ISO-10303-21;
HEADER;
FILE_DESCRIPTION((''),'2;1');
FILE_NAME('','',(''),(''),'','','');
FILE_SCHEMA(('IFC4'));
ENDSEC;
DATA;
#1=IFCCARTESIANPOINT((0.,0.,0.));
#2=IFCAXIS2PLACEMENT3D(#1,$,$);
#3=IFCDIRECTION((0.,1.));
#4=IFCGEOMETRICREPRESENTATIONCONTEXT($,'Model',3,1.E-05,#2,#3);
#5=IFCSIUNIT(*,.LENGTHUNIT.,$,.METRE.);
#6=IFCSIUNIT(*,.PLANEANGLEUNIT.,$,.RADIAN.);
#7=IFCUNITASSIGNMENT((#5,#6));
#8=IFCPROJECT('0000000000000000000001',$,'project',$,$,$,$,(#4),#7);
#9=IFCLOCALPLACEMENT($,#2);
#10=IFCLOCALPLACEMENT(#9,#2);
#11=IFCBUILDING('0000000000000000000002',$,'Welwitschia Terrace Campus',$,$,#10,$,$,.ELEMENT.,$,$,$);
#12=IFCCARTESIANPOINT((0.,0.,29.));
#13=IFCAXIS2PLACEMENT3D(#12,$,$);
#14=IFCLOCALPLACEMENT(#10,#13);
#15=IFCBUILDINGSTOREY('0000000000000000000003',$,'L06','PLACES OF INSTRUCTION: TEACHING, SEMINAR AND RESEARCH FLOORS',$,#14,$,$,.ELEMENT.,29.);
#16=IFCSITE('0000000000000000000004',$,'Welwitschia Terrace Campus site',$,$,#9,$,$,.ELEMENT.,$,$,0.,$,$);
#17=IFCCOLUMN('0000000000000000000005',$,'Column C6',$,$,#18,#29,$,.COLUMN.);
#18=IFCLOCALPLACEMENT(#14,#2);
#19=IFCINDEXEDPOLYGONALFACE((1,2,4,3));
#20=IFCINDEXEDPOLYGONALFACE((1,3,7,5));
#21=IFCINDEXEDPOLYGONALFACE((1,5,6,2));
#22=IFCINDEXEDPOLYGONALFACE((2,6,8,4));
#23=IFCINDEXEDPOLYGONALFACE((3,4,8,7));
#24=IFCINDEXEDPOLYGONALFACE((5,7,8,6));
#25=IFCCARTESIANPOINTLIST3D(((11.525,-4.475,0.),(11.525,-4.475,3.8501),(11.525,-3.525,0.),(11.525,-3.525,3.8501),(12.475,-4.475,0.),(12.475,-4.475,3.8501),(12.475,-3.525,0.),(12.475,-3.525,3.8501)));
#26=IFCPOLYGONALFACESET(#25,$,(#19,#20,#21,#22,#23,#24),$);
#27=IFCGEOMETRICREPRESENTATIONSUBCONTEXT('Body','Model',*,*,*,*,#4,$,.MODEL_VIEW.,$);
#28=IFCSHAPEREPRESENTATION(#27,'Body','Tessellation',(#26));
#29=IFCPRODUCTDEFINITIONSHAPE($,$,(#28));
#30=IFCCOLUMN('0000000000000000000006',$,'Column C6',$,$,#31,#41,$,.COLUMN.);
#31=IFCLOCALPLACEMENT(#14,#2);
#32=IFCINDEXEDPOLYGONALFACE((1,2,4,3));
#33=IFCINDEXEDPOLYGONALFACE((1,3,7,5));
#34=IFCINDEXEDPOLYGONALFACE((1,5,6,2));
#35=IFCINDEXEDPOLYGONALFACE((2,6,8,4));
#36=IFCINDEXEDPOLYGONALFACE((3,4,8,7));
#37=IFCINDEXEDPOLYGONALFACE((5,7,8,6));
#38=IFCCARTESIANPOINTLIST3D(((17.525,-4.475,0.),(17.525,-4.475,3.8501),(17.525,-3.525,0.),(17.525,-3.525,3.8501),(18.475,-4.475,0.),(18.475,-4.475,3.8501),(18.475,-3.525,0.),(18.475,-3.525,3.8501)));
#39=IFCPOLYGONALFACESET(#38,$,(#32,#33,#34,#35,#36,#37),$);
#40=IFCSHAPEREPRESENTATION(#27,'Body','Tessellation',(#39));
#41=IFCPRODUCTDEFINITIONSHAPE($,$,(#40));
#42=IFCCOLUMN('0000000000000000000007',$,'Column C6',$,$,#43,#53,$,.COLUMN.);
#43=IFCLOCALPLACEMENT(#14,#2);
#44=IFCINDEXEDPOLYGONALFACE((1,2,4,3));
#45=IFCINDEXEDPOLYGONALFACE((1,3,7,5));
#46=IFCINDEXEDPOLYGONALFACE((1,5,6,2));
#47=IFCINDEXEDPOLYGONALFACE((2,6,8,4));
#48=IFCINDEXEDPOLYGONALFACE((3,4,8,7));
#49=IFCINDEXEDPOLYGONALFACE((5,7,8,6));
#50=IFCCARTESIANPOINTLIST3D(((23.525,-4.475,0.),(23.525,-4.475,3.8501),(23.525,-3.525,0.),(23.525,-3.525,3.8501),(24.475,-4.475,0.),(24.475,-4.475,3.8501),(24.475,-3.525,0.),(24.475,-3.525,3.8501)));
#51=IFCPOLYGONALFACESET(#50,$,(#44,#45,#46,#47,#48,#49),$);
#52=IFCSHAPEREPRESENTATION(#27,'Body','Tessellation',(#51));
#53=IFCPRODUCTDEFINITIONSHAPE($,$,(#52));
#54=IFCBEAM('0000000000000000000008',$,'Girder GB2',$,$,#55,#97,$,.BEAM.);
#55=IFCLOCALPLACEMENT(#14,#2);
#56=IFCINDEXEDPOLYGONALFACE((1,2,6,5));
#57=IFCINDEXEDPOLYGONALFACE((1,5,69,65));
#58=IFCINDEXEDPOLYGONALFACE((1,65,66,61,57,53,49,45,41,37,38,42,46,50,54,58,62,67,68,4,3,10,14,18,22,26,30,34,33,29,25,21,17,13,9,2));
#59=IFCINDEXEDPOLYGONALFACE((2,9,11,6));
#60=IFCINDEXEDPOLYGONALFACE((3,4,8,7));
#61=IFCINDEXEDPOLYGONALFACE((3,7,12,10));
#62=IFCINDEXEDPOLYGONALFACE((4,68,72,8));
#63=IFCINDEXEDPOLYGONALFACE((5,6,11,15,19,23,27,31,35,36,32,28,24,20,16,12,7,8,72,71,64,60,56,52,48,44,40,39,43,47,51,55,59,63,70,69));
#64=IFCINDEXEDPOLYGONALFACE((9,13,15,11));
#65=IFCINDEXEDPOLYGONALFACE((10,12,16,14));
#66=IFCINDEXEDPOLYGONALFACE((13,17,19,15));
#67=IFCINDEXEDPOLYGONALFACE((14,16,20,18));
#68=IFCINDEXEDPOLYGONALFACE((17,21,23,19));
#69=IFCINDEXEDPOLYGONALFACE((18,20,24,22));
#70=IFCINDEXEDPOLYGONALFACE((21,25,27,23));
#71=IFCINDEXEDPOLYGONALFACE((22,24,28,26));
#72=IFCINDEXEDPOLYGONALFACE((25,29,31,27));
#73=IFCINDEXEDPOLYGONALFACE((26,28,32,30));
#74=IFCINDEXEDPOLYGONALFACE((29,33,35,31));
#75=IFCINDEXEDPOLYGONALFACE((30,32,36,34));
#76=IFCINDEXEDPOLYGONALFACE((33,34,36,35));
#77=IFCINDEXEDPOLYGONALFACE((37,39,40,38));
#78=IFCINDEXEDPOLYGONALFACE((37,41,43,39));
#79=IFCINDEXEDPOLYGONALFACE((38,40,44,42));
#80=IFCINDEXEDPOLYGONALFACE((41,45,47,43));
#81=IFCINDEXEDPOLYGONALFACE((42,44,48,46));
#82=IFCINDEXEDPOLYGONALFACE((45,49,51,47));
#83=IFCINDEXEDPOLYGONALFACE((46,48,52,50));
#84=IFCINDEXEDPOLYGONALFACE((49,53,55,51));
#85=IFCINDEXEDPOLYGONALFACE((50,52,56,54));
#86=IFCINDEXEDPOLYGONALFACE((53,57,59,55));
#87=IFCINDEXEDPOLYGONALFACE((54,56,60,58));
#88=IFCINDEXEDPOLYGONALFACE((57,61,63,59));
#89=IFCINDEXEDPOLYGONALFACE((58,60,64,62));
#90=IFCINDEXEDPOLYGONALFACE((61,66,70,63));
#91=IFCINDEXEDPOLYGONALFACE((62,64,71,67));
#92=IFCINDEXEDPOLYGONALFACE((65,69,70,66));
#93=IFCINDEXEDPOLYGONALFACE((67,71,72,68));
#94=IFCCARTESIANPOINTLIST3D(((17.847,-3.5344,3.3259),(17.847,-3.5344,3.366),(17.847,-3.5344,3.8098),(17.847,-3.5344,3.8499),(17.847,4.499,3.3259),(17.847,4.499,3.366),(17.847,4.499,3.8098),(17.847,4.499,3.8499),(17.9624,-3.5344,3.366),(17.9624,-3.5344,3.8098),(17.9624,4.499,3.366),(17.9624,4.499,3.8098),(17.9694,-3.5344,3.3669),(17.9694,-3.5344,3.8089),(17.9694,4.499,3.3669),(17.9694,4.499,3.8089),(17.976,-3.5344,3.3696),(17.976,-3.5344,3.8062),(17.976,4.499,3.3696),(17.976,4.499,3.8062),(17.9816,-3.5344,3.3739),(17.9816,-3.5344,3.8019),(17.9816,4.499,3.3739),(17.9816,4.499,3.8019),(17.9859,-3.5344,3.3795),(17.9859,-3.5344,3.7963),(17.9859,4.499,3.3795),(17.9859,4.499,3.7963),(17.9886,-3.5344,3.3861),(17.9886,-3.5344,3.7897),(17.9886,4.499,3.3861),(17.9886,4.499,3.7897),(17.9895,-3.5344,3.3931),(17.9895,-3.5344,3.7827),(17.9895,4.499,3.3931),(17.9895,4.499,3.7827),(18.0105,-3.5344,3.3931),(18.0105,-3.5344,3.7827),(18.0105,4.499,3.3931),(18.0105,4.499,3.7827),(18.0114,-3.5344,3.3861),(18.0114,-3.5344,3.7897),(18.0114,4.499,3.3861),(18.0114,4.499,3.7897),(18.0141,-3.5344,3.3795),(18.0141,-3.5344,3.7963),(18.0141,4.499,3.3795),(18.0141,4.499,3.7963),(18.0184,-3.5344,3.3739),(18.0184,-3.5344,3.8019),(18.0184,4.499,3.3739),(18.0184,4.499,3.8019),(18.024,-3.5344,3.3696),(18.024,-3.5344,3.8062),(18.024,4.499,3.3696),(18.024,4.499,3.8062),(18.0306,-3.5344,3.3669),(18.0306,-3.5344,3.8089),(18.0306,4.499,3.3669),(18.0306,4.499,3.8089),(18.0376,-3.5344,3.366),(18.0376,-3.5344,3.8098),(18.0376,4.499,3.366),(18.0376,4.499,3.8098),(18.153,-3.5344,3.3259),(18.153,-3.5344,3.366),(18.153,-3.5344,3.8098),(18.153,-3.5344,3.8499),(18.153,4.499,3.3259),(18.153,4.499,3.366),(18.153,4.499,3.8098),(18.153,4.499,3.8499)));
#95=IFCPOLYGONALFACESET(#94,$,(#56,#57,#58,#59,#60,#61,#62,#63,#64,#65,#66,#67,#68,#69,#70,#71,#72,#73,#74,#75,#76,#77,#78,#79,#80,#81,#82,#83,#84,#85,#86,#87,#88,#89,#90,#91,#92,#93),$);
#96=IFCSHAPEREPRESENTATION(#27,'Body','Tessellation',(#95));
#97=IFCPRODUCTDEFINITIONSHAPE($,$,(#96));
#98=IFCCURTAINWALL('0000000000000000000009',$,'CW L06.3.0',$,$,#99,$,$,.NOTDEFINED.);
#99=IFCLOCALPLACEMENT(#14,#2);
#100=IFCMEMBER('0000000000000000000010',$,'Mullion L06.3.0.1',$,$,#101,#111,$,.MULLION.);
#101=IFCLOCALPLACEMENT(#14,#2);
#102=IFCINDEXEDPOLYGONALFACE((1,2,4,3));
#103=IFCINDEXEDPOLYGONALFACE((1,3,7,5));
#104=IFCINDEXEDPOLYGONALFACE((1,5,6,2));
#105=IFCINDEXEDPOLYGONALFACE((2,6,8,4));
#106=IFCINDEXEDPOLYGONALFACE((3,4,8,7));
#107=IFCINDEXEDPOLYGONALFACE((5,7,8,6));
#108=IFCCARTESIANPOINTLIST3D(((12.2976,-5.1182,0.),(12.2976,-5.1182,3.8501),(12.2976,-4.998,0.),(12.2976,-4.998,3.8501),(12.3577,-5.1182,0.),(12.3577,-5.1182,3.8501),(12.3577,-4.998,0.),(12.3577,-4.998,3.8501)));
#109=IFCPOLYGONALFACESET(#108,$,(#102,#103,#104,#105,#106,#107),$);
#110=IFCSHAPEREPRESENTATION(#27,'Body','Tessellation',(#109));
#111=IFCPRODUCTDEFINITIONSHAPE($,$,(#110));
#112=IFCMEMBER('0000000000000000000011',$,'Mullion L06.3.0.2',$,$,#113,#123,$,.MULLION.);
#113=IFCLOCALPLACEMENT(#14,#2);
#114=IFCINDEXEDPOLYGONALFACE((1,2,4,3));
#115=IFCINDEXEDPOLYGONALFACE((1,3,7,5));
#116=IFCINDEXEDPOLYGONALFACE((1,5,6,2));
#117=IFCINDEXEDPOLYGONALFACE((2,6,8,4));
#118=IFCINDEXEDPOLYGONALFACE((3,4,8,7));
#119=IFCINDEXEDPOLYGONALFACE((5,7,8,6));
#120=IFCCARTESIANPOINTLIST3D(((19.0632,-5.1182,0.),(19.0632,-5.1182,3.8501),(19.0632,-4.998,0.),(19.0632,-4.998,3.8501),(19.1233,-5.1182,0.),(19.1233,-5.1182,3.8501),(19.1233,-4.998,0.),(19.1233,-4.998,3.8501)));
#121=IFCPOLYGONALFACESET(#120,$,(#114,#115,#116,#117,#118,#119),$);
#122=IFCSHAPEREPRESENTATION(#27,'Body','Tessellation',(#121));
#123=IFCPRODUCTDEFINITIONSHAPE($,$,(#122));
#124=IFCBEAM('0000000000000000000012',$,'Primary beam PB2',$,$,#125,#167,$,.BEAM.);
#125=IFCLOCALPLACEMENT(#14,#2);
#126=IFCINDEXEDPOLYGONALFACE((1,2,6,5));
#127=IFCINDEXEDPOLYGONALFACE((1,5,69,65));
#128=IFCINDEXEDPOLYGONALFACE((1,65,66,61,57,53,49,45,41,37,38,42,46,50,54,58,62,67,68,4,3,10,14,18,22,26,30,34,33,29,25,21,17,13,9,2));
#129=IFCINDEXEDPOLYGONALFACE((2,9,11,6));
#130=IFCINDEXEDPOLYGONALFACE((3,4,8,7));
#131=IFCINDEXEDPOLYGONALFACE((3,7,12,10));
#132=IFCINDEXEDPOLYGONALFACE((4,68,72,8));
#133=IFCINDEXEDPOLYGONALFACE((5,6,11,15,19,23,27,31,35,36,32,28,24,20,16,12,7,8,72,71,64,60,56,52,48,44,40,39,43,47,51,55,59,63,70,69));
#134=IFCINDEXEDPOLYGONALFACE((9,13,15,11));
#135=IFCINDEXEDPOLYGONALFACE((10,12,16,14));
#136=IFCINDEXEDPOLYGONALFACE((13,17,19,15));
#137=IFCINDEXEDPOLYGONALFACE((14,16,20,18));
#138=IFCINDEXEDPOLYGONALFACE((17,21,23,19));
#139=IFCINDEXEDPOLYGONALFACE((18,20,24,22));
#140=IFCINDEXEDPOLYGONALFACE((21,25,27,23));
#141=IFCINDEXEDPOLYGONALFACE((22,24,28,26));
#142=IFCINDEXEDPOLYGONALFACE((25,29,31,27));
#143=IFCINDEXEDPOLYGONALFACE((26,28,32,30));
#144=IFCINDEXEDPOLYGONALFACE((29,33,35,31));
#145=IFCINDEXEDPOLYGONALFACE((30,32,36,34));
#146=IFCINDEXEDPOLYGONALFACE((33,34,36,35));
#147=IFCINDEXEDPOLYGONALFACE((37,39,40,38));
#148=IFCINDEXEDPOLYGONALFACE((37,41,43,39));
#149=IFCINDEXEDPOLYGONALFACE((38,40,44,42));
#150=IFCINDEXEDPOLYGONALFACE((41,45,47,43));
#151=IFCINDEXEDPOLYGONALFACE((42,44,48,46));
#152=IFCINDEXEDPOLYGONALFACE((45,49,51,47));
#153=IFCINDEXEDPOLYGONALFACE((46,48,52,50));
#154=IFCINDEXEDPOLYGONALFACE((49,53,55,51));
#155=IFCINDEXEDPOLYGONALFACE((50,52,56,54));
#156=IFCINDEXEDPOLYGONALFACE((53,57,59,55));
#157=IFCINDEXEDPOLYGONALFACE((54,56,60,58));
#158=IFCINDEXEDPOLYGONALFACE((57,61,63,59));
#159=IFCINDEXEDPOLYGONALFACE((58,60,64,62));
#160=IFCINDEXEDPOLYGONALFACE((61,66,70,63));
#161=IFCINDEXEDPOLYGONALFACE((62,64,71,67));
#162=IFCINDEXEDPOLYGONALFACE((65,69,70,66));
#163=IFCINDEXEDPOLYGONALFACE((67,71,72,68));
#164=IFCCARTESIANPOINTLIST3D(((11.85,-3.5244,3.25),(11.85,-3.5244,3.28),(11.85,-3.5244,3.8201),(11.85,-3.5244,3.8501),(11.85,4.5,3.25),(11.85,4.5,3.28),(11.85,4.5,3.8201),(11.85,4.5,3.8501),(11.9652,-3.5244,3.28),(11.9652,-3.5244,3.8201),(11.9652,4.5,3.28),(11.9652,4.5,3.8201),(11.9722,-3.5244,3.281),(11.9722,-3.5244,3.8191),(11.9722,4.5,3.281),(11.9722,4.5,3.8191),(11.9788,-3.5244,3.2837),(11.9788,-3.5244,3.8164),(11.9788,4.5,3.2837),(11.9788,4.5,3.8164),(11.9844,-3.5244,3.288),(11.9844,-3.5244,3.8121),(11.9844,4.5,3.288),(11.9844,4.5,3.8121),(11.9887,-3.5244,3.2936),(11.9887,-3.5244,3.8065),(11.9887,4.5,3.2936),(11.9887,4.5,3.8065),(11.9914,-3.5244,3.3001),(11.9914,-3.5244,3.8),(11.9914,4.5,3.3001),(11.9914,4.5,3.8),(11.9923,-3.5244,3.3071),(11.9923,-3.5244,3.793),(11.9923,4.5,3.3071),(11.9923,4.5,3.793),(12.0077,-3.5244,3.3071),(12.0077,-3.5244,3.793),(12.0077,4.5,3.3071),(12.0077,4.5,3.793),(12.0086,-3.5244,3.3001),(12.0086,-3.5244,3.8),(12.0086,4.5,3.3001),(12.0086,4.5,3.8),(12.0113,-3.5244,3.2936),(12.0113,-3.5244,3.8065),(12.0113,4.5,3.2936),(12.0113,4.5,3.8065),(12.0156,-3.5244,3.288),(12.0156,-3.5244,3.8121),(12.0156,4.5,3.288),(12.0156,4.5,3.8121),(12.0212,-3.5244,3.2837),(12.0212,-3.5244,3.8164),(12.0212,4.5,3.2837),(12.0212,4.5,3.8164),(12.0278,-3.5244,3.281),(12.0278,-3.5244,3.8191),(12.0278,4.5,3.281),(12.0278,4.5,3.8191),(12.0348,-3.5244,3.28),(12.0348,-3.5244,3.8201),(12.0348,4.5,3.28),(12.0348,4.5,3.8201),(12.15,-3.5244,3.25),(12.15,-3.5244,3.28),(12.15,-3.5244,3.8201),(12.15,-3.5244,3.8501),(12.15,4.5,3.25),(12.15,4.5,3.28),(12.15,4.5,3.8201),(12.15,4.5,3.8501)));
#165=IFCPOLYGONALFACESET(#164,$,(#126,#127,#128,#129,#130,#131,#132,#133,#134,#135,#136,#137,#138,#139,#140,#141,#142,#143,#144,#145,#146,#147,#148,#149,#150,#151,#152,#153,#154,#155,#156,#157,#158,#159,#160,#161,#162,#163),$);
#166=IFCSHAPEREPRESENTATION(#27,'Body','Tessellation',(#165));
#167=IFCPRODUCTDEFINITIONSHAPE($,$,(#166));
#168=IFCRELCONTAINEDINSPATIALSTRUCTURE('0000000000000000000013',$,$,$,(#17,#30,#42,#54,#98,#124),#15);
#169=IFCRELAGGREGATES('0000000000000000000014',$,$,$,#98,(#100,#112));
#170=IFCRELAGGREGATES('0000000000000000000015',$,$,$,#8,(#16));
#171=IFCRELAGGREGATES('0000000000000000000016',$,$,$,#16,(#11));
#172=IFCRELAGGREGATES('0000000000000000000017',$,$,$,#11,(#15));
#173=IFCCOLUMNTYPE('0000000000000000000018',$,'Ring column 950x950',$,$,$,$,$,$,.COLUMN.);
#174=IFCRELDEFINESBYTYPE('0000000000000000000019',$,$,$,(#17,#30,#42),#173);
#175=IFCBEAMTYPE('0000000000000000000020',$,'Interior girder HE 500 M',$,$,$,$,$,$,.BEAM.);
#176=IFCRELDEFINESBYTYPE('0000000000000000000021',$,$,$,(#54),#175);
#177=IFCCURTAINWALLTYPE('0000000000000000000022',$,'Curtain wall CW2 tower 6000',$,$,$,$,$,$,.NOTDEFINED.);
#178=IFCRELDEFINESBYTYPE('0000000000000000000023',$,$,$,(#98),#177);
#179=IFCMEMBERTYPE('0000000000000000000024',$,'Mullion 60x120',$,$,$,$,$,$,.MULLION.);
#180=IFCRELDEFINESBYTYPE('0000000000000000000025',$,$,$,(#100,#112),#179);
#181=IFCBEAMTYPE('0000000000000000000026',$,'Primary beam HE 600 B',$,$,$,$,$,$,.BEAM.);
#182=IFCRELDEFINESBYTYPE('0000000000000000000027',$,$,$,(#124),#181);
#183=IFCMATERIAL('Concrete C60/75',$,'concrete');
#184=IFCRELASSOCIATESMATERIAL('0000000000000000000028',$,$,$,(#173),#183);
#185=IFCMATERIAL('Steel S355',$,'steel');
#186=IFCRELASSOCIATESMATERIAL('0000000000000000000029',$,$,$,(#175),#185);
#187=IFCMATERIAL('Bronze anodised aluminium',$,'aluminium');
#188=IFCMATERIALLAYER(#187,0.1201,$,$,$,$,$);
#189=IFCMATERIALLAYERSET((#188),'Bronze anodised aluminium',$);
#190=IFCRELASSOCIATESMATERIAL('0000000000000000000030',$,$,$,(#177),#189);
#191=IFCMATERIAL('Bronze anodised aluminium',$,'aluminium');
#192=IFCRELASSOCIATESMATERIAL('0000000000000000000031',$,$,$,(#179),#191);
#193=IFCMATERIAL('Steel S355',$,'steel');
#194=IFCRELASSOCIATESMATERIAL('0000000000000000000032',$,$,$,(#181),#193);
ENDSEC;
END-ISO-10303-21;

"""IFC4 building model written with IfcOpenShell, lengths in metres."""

from ifc_helpers import new_model, si_unit, direction, frame, origin, origin_2d, place, context, subcontext, project, spatial, rectangle, i_section, extrude, material, layer, layer_set, material_profile, profile_set, type_object, element, aggregate, save


model = new_model("IFC4")

# Units and contexts
model_context = context("Model", 3, precision=1e-05, world=origin(), true_north=direction((0.0, 1.0)))
body_context = subcontext(model_context, "Body", "Model", "MODEL_VIEW")
ifc_project = project(units=[si_unit("LENGTHUNIT", "METRE"), si_unit("PLANEANGLEUNIT", "RADIAN")], contexts=[model_context])

# Site, building, storey
site_placement = place(None, origin())
site = spatial("IfcSite", under=ifc_project, at=site_placement, Name="Welwitschia Terrace Campus site", CompositionType="ELEMENT", RefElevation=0.0)
building_placement = place(site_placement, origin())
building = spatial("IfcBuilding", under=site, at=building_placement, Name="Welwitschia Terrace Campus", CompositionType="ELEMENT")
storey_placement = place(building_placement, frame((0.0, 0.0, 29.0)))
storey = spatial("IfcBuildingStorey", under=building, at=storey_placement, Name="L06", Description="PLACES OF INSTRUCTION: TEACHING, SEMINAR AND RESEARCH FLOORS", CompositionType="ELEMENT", Elevation=29.0)

# Columns
ifc_material_1 = material(Name="Concrete C60/75", Category="concrete")
ifc_material_profile_1 = material_profile(ifc_material_1, rectangle(XDim=0.95, YDim=0.95, at=origin_2d()))
ifc_profile_set_1 = profile_set([ifc_material_profile_1], Name="Concrete C60/75")
column_type = type_object("IfcColumnType", Name="Ring column 950x950", PredefinedType="COLUMN", material=ifc_profile_set_1)
for number, where, z_axis, x_axis, name in (
    (1, (12.0, -4.0, 0.0), (0.0, 0.0, 1.0), (1.0, 0.0, 0.0), "Column C6"),
    (2, (18.0, -4.0, 0.0), (0.0, 0.0, 1.0), (1.0, 0.0, 0.0), "Column C6"),
    (3, (24.0, -4.0, 0.0), (0.0, 0.0, 1.0), (1.0, 0.0, 0.0), "Column C6"),
):
    element("IfcColumn", number, at=place(storey_placement, frame(where, z_axis=z_axis, x_axis=x_axis)), inside=storey, type_object=column_type, Name=name, PredefinedType="COLUMN", context=body_context, shape_type="SweptSolid", body=[
        extrude(rectangle(XDim=0.95, YDim=0.95, at=origin_2d()), origin(), (0.0, 0.0, 1.0), 3.8501),
    ])

# Beam
ifc_material_2 = material(Name="Steel S355", Category="steel")
ifc_material_profile_2 = material_profile(ifc_material_2, i_section(OverallWidth=0.3059, OverallDepth=0.5239, WebThickness=0.021, FlangeThickness=0.04, FilletRadius=0.0271, at=origin_2d()))
ifc_profile_set_2 = profile_set([ifc_material_profile_2], Name="Steel S355")
beam_type_1 = type_object("IfcBeamType", Name="Interior girder HE 500 M", PredefinedType="BEAM", material=ifc_profile_set_2)
beam_1_placement = place(storey_placement, frame((18.0, -3.5344, 3.5879), z_axis=(0.0, 1.0, 0.0), x_axis=(-1.0, 0.0, 0.0)))
element("IfcBeam", 4, at=beam_1_placement, inside=storey, type_object=beam_type_1, Name="Girder GB2", PredefinedType="BEAM", context=body_context, shape_type="SweptSolid", body=[
    extrude(i_section(OverallWidth=0.3059, OverallDepth=0.5239, WebThickness=0.021, FlangeThickness=0.04, FilletRadius=0.0271, at=origin_2d()), origin(), (0.0, 0.0, 1.0), 8.0334),
])

# Curtain wall, members
ifc_material_3 = material(Name="Bronze anodised aluminium", Category="aluminium")
ifc_layer_1 = layer(ifc_material_3, 0.1201)
ifc_layer_set_1 = layer_set([ifc_layer_1], Name="Bronze anodised aluminium")
curtain_wall_type = type_object("IfcCurtainWallType", Name="Curtain wall CW2 tower 6000", PredefinedType="NOTDEFINED", material=ifc_layer_set_1)
curtain_wall_placement = place(storey_placement, origin())
curtain_wall = element("IfcCurtainWall", 5, at=curtain_wall_placement, inside=storey, type_object=curtain_wall_type, Name="CW L06.3.0", PredefinedType="NOTDEFINED")
ifc_material_4 = material(Name="Bronze anodised aluminium", Category="aluminium")
ifc_material_profile_3 = material_profile(ifc_material_4, rectangle(XDim=0.1201, YDim=0.0601, at=origin_2d()))
ifc_profile_set_3 = profile_set([ifc_material_profile_3], Name="Bronze anodised aluminium")
member_type = type_object("IfcMemberType", Name="Mullion 60x120", PredefinedType="MULLION", material=ifc_profile_set_3)
member_1_placement = place(storey_placement, frame((12.3276, -5.0581, 0.0), z_axis=(0.0, 0.0, 1.0), x_axis=(0.0, 1.0, 0.0)))
member_1 = element("IfcMember", 6, at=member_1_placement, type_object=member_type, Name="Mullion L06.3.0.1", PredefinedType="MULLION", context=body_context, shape_type="SweptSolid", body=[
    extrude(rectangle(XDim=0.1201, YDim=0.0601, at=origin_2d()), origin(), (0.0, 0.0, 1.0), 3.8501),
])
member_2_placement = place(storey_placement, frame((19.0933, -5.0581, 0.0), z_axis=(0.0, 0.0, 1.0), x_axis=(0.0, 1.0, 0.0)))
member_2 = element("IfcMember", 7, at=member_2_placement, type_object=member_type, Name="Mullion L06.3.0.2", PredefinedType="MULLION", context=body_context, shape_type="SweptSolid", body=[
    extrude(rectangle(XDim=0.1201, YDim=0.0601, at=origin_2d()), origin(), (0.0, 0.0, 1.0), 3.8501),
])

# Beam
ifc_material_5 = material(Name="Steel S355", Category="steel")
ifc_material_profile_4 = material_profile(ifc_material_5, i_section(OverallWidth=0.3, OverallDepth=0.6001, WebThickness=0.0154, FlangeThickness=0.03, FilletRadius=0.0271, at=origin_2d()))
ifc_profile_set_4 = profile_set([ifc_material_profile_4], Name="Steel S355")
beam_type_2 = type_object("IfcBeamType", Name="Primary beam HE 600 B", PredefinedType="BEAM", material=ifc_profile_set_4)
for number, where, z_axis, x_axis, name in (
    (8, (12.0, -3.5244, 3.55), (0.0, 1.0, 0.0), (-1.0, 0.0, 0.0), "Primary beam PB2"),
):
    element("IfcBeam", number, at=place(storey_placement, frame(where, z_axis=z_axis, x_axis=x_axis)), inside=storey, type_object=beam_type_2, Name=name, PredefinedType="BEAM", context=body_context, shape_type="SweptSolid", body=[
        extrude(i_section(OverallWidth=0.3, OverallDepth=0.6001, WebThickness=0.0154, FlangeThickness=0.03, FilletRadius=0.0271, at=origin_2d()), origin(), (0.0, 0.0, 1.0), 8.0244),
    ])

aggregate(curtain_wall, [member_1, member_2])

save(model, "model.ifc")
